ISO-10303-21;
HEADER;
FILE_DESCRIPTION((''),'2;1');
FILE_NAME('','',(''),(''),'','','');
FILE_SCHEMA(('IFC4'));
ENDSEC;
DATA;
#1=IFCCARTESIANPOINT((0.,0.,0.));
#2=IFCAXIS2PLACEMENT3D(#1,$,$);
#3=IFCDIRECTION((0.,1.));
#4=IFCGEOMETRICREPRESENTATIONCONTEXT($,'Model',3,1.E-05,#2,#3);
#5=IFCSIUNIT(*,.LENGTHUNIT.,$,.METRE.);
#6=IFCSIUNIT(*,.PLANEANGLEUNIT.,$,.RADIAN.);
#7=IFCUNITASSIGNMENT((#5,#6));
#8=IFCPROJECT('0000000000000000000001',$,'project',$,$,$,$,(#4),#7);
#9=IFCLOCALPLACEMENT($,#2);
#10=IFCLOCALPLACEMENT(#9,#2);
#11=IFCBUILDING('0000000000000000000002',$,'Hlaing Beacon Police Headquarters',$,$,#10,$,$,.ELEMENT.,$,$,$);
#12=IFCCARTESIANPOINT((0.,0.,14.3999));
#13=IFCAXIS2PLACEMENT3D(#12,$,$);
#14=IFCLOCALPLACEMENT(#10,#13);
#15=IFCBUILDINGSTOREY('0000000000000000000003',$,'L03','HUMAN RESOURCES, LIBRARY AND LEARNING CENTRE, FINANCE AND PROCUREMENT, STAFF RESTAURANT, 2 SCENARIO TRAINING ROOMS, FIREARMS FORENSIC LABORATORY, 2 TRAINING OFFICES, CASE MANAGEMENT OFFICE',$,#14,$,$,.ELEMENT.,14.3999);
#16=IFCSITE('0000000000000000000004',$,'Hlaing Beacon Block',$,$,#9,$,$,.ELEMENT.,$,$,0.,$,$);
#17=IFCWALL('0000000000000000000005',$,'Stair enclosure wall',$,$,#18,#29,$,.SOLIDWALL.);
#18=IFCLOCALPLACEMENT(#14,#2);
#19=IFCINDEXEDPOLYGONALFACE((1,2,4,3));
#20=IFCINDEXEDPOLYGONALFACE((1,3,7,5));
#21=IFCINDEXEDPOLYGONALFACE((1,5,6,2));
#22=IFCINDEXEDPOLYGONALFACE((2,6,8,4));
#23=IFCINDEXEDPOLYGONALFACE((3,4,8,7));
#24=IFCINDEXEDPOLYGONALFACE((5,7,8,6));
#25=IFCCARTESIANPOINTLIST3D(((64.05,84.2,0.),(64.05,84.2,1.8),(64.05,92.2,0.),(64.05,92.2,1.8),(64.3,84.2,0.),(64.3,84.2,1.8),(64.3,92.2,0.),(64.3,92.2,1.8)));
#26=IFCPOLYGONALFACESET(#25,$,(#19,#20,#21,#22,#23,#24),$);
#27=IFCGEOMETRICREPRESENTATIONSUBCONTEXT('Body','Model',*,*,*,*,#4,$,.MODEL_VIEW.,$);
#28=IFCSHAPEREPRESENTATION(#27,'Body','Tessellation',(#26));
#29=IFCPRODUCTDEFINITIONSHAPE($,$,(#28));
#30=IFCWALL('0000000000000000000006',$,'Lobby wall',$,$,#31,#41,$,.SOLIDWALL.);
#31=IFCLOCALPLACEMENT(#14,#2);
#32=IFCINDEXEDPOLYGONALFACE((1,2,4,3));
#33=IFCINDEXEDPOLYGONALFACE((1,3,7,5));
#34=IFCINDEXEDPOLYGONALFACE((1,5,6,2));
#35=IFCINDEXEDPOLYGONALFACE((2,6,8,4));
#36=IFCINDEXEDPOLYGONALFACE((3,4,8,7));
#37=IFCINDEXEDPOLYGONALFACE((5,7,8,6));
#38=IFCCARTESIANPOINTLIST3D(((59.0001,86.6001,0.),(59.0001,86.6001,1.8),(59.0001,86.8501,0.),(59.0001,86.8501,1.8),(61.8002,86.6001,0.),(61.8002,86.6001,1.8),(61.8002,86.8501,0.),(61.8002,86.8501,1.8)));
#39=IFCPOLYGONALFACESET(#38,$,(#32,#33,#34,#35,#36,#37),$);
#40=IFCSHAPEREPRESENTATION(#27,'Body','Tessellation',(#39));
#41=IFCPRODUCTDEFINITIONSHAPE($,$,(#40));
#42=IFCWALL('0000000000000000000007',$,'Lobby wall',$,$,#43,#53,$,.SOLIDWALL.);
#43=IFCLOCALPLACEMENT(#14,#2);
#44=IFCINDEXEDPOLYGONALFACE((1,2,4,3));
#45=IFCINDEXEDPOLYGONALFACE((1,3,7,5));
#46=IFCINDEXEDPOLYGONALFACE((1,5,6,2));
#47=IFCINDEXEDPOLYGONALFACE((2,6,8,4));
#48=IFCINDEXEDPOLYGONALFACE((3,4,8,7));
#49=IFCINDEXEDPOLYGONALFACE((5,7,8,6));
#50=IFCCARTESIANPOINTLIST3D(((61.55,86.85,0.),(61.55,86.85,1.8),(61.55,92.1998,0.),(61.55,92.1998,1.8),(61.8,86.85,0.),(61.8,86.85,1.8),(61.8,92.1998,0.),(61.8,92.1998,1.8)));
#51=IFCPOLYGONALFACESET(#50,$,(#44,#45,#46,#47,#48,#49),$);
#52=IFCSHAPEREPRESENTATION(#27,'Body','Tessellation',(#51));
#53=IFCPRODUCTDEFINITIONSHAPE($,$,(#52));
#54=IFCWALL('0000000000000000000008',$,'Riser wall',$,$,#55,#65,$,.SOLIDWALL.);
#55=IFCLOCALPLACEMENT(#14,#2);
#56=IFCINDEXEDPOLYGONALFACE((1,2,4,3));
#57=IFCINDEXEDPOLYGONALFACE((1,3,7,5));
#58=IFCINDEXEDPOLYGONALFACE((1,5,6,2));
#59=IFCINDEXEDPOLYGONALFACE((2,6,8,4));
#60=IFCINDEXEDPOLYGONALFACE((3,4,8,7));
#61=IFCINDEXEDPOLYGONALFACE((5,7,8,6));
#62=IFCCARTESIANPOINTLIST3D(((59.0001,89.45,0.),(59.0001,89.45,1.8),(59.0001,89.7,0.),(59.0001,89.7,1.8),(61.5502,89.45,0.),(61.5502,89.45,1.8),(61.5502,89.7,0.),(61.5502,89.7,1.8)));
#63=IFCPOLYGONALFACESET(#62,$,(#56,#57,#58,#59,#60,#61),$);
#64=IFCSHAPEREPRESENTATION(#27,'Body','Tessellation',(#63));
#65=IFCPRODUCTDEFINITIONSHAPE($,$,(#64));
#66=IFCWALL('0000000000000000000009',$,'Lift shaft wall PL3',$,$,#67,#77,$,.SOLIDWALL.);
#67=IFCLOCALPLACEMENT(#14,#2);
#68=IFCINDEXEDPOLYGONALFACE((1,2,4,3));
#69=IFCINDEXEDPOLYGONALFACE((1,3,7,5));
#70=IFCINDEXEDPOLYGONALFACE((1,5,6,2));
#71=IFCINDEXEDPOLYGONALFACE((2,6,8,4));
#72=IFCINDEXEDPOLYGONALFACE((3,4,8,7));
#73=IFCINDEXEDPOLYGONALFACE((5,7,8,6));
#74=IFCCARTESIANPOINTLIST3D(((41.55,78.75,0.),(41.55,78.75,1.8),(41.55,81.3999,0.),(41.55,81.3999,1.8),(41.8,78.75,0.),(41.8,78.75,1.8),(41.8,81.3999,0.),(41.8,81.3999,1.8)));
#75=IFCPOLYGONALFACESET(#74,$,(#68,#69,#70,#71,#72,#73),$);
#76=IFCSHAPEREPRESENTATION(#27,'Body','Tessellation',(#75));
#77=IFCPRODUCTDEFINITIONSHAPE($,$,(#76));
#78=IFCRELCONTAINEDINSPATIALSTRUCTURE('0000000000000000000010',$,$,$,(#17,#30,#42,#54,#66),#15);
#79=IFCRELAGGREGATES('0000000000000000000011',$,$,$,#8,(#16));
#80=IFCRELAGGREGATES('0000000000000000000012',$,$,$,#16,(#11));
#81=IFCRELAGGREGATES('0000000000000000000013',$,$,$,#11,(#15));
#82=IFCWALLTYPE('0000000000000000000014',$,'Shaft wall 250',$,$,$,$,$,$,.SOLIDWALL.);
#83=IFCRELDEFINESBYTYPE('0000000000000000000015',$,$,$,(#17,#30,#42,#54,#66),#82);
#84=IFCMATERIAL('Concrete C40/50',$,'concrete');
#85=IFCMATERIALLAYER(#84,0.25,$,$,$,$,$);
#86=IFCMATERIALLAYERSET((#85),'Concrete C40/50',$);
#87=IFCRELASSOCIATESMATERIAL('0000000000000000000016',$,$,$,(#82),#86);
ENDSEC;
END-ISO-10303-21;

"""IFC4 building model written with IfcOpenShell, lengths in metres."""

from ifc_helpers import new_model, si_unit, direction, frame, frame_2d, origin, place, context, subcontext, project, spatial, rectangle, extrude, material, layer, layer_set, type_object, element, save


model = new_model("IFC4")

# Units and contexts
model_context = context("Model", 3, precision=1e-05, world=origin(), true_north=direction((0.0, 1.0)))
body_context = subcontext(model_context, "Body", "Model", "MODEL_VIEW")
ifc_project = project(units=[si_unit("LENGTHUNIT", "METRE"), si_unit("PLANEANGLEUNIT", "RADIAN")], contexts=[model_context])

# Site, building, storey
site_placement = place(None, origin())
site = spatial("IfcSite", under=ifc_project, at=site_placement, Name="Hlaing Beacon Block", CompositionType="ELEMENT", RefElevation=0.0)
building_placement = place(site_placement, origin())
building = spatial("IfcBuilding", under=site, at=building_placement, Name="Hlaing Beacon Police Headquarters", CompositionType="ELEMENT")
storey_placement = place(building_placement, frame((0.0, 0.0, 14.3999)))
storey = spatial("IfcBuildingStorey", under=building, at=storey_placement, Name="L03", Description="HUMAN RESOURCES, LIBRARY AND LEARNING CENTRE, FINANCE AND PROCUREMENT, STAFF RESTAURANT, 2 SCENARIO TRAINING ROOMS, FIREARMS FORENSIC LABORATORY, 2 TRAINING OFFICES, CASE MANAGEMENT OFFICE", CompositionType="ELEMENT", Elevation=14.3999)

# Walls
ifc_material_1 = material(Name="Concrete C40/50", Category="concrete")
ifc_layer_1 = layer(ifc_material_1, 0.25)
ifc_layer_set_1 = layer_set([ifc_layer_1], Name="Concrete C40/50")
wall_type_1 = type_object("IfcWallType", Name="Shaft wall 250", PredefinedType="SOLIDWALL", material=ifc_layer_set_1)
wall_1_placement = place(storey_placement, frame((64.175, 84.2, 0.0), z_axis=(0.0, 0.0, 1.0), x_axis=(0.0, 1.0, 0.0)))
element("IfcWall", 1, at=wall_1_placement, inside=storey, type_object=wall_type_1, Name="Stair enclosure wall", PredefinedType="SOLIDWALL", context=body_context, shape_type="SweptSolid", body=[
    extrude(rectangle(XDim=8.0, YDim=0.25, at=frame_2d((4.0, 0.0))), origin(), (0.0, 0.0, 1.0), 1.8),
])
wall_2_placement = place(storey_placement, frame((61.8, 86.7251, 0.0), z_axis=(0.0, 0.0, 1.0), x_axis=(-1.0, 0.0, 0.0)))
element("IfcWall", 2, at=wall_2_placement, inside=storey, type_object=wall_type_1, Name="Lobby wall", PredefinedType="SOLIDWALL", context=body_context, shape_type="SweptSolid", body=[
    extrude(rectangle(XDim=2.8, YDim=0.25, at=frame_2d((1.3999, 0.0))), origin(), (0.0, 0.0, 1.0), 1.8),
])
wall_3_placement = place(storey_placement, frame((61.675, 86.8501, 0.0), z_axis=(0.0, 0.0, 1.0), x_axis=(0.0, 1.0, 0.0)))
element("IfcWall", 3, at=wall_3_placement, inside=storey, type_object=wall_type_1, Name="Lobby wall", PredefinedType="SOLIDWALL", context=body_context, shape_type="SweptSolid", body=[
    extrude(rectangle(XDim=5.3499, YDim=0.25, at=frame_2d((2.6748, 0.0))), origin(), (0.0, 0.0, 1.0), 1.8),
])
wall_4_placement = place(storey_placement, frame((61.55, 89.575, 0.0), z_axis=(0.0, 0.0, 1.0), x_axis=(-1.0, 0.0, 0.0)))
element("IfcWall", 4, at=wall_4_placement, inside=storey, type_object=wall_type_1, Name="Riser wall", PredefinedType="SOLIDWALL", context=body_context, shape_type="SweptSolid", body=[
    extrude(rectangle(XDim=2.55, YDim=0.25, at=frame_2d((1.2749, 0.0))), origin(), (0.0, 0.0, 1.0), 1.8),
])
wall_5_placement = place(storey_placement, frame((41.675, 78.75, 0.0), z_axis=(0.0, 0.0, 1.0), x_axis=(0.0, 1.0, 0.0)))
element("IfcWall", 5, at=wall_5_placement, inside=storey, type_object=wall_type_1, Name="Lift shaft wall PL3", PredefinedType="SOLIDWALL", context=body_context, shape_type="SweptSolid", body=[
    extrude(rectangle(XDim=2.6499, YDim=0.25, at=frame_2d((1.325, 0.0))), origin(), (0.0, 0.0, 1.0), 1.8),
])

save(model, "model.ifc")
